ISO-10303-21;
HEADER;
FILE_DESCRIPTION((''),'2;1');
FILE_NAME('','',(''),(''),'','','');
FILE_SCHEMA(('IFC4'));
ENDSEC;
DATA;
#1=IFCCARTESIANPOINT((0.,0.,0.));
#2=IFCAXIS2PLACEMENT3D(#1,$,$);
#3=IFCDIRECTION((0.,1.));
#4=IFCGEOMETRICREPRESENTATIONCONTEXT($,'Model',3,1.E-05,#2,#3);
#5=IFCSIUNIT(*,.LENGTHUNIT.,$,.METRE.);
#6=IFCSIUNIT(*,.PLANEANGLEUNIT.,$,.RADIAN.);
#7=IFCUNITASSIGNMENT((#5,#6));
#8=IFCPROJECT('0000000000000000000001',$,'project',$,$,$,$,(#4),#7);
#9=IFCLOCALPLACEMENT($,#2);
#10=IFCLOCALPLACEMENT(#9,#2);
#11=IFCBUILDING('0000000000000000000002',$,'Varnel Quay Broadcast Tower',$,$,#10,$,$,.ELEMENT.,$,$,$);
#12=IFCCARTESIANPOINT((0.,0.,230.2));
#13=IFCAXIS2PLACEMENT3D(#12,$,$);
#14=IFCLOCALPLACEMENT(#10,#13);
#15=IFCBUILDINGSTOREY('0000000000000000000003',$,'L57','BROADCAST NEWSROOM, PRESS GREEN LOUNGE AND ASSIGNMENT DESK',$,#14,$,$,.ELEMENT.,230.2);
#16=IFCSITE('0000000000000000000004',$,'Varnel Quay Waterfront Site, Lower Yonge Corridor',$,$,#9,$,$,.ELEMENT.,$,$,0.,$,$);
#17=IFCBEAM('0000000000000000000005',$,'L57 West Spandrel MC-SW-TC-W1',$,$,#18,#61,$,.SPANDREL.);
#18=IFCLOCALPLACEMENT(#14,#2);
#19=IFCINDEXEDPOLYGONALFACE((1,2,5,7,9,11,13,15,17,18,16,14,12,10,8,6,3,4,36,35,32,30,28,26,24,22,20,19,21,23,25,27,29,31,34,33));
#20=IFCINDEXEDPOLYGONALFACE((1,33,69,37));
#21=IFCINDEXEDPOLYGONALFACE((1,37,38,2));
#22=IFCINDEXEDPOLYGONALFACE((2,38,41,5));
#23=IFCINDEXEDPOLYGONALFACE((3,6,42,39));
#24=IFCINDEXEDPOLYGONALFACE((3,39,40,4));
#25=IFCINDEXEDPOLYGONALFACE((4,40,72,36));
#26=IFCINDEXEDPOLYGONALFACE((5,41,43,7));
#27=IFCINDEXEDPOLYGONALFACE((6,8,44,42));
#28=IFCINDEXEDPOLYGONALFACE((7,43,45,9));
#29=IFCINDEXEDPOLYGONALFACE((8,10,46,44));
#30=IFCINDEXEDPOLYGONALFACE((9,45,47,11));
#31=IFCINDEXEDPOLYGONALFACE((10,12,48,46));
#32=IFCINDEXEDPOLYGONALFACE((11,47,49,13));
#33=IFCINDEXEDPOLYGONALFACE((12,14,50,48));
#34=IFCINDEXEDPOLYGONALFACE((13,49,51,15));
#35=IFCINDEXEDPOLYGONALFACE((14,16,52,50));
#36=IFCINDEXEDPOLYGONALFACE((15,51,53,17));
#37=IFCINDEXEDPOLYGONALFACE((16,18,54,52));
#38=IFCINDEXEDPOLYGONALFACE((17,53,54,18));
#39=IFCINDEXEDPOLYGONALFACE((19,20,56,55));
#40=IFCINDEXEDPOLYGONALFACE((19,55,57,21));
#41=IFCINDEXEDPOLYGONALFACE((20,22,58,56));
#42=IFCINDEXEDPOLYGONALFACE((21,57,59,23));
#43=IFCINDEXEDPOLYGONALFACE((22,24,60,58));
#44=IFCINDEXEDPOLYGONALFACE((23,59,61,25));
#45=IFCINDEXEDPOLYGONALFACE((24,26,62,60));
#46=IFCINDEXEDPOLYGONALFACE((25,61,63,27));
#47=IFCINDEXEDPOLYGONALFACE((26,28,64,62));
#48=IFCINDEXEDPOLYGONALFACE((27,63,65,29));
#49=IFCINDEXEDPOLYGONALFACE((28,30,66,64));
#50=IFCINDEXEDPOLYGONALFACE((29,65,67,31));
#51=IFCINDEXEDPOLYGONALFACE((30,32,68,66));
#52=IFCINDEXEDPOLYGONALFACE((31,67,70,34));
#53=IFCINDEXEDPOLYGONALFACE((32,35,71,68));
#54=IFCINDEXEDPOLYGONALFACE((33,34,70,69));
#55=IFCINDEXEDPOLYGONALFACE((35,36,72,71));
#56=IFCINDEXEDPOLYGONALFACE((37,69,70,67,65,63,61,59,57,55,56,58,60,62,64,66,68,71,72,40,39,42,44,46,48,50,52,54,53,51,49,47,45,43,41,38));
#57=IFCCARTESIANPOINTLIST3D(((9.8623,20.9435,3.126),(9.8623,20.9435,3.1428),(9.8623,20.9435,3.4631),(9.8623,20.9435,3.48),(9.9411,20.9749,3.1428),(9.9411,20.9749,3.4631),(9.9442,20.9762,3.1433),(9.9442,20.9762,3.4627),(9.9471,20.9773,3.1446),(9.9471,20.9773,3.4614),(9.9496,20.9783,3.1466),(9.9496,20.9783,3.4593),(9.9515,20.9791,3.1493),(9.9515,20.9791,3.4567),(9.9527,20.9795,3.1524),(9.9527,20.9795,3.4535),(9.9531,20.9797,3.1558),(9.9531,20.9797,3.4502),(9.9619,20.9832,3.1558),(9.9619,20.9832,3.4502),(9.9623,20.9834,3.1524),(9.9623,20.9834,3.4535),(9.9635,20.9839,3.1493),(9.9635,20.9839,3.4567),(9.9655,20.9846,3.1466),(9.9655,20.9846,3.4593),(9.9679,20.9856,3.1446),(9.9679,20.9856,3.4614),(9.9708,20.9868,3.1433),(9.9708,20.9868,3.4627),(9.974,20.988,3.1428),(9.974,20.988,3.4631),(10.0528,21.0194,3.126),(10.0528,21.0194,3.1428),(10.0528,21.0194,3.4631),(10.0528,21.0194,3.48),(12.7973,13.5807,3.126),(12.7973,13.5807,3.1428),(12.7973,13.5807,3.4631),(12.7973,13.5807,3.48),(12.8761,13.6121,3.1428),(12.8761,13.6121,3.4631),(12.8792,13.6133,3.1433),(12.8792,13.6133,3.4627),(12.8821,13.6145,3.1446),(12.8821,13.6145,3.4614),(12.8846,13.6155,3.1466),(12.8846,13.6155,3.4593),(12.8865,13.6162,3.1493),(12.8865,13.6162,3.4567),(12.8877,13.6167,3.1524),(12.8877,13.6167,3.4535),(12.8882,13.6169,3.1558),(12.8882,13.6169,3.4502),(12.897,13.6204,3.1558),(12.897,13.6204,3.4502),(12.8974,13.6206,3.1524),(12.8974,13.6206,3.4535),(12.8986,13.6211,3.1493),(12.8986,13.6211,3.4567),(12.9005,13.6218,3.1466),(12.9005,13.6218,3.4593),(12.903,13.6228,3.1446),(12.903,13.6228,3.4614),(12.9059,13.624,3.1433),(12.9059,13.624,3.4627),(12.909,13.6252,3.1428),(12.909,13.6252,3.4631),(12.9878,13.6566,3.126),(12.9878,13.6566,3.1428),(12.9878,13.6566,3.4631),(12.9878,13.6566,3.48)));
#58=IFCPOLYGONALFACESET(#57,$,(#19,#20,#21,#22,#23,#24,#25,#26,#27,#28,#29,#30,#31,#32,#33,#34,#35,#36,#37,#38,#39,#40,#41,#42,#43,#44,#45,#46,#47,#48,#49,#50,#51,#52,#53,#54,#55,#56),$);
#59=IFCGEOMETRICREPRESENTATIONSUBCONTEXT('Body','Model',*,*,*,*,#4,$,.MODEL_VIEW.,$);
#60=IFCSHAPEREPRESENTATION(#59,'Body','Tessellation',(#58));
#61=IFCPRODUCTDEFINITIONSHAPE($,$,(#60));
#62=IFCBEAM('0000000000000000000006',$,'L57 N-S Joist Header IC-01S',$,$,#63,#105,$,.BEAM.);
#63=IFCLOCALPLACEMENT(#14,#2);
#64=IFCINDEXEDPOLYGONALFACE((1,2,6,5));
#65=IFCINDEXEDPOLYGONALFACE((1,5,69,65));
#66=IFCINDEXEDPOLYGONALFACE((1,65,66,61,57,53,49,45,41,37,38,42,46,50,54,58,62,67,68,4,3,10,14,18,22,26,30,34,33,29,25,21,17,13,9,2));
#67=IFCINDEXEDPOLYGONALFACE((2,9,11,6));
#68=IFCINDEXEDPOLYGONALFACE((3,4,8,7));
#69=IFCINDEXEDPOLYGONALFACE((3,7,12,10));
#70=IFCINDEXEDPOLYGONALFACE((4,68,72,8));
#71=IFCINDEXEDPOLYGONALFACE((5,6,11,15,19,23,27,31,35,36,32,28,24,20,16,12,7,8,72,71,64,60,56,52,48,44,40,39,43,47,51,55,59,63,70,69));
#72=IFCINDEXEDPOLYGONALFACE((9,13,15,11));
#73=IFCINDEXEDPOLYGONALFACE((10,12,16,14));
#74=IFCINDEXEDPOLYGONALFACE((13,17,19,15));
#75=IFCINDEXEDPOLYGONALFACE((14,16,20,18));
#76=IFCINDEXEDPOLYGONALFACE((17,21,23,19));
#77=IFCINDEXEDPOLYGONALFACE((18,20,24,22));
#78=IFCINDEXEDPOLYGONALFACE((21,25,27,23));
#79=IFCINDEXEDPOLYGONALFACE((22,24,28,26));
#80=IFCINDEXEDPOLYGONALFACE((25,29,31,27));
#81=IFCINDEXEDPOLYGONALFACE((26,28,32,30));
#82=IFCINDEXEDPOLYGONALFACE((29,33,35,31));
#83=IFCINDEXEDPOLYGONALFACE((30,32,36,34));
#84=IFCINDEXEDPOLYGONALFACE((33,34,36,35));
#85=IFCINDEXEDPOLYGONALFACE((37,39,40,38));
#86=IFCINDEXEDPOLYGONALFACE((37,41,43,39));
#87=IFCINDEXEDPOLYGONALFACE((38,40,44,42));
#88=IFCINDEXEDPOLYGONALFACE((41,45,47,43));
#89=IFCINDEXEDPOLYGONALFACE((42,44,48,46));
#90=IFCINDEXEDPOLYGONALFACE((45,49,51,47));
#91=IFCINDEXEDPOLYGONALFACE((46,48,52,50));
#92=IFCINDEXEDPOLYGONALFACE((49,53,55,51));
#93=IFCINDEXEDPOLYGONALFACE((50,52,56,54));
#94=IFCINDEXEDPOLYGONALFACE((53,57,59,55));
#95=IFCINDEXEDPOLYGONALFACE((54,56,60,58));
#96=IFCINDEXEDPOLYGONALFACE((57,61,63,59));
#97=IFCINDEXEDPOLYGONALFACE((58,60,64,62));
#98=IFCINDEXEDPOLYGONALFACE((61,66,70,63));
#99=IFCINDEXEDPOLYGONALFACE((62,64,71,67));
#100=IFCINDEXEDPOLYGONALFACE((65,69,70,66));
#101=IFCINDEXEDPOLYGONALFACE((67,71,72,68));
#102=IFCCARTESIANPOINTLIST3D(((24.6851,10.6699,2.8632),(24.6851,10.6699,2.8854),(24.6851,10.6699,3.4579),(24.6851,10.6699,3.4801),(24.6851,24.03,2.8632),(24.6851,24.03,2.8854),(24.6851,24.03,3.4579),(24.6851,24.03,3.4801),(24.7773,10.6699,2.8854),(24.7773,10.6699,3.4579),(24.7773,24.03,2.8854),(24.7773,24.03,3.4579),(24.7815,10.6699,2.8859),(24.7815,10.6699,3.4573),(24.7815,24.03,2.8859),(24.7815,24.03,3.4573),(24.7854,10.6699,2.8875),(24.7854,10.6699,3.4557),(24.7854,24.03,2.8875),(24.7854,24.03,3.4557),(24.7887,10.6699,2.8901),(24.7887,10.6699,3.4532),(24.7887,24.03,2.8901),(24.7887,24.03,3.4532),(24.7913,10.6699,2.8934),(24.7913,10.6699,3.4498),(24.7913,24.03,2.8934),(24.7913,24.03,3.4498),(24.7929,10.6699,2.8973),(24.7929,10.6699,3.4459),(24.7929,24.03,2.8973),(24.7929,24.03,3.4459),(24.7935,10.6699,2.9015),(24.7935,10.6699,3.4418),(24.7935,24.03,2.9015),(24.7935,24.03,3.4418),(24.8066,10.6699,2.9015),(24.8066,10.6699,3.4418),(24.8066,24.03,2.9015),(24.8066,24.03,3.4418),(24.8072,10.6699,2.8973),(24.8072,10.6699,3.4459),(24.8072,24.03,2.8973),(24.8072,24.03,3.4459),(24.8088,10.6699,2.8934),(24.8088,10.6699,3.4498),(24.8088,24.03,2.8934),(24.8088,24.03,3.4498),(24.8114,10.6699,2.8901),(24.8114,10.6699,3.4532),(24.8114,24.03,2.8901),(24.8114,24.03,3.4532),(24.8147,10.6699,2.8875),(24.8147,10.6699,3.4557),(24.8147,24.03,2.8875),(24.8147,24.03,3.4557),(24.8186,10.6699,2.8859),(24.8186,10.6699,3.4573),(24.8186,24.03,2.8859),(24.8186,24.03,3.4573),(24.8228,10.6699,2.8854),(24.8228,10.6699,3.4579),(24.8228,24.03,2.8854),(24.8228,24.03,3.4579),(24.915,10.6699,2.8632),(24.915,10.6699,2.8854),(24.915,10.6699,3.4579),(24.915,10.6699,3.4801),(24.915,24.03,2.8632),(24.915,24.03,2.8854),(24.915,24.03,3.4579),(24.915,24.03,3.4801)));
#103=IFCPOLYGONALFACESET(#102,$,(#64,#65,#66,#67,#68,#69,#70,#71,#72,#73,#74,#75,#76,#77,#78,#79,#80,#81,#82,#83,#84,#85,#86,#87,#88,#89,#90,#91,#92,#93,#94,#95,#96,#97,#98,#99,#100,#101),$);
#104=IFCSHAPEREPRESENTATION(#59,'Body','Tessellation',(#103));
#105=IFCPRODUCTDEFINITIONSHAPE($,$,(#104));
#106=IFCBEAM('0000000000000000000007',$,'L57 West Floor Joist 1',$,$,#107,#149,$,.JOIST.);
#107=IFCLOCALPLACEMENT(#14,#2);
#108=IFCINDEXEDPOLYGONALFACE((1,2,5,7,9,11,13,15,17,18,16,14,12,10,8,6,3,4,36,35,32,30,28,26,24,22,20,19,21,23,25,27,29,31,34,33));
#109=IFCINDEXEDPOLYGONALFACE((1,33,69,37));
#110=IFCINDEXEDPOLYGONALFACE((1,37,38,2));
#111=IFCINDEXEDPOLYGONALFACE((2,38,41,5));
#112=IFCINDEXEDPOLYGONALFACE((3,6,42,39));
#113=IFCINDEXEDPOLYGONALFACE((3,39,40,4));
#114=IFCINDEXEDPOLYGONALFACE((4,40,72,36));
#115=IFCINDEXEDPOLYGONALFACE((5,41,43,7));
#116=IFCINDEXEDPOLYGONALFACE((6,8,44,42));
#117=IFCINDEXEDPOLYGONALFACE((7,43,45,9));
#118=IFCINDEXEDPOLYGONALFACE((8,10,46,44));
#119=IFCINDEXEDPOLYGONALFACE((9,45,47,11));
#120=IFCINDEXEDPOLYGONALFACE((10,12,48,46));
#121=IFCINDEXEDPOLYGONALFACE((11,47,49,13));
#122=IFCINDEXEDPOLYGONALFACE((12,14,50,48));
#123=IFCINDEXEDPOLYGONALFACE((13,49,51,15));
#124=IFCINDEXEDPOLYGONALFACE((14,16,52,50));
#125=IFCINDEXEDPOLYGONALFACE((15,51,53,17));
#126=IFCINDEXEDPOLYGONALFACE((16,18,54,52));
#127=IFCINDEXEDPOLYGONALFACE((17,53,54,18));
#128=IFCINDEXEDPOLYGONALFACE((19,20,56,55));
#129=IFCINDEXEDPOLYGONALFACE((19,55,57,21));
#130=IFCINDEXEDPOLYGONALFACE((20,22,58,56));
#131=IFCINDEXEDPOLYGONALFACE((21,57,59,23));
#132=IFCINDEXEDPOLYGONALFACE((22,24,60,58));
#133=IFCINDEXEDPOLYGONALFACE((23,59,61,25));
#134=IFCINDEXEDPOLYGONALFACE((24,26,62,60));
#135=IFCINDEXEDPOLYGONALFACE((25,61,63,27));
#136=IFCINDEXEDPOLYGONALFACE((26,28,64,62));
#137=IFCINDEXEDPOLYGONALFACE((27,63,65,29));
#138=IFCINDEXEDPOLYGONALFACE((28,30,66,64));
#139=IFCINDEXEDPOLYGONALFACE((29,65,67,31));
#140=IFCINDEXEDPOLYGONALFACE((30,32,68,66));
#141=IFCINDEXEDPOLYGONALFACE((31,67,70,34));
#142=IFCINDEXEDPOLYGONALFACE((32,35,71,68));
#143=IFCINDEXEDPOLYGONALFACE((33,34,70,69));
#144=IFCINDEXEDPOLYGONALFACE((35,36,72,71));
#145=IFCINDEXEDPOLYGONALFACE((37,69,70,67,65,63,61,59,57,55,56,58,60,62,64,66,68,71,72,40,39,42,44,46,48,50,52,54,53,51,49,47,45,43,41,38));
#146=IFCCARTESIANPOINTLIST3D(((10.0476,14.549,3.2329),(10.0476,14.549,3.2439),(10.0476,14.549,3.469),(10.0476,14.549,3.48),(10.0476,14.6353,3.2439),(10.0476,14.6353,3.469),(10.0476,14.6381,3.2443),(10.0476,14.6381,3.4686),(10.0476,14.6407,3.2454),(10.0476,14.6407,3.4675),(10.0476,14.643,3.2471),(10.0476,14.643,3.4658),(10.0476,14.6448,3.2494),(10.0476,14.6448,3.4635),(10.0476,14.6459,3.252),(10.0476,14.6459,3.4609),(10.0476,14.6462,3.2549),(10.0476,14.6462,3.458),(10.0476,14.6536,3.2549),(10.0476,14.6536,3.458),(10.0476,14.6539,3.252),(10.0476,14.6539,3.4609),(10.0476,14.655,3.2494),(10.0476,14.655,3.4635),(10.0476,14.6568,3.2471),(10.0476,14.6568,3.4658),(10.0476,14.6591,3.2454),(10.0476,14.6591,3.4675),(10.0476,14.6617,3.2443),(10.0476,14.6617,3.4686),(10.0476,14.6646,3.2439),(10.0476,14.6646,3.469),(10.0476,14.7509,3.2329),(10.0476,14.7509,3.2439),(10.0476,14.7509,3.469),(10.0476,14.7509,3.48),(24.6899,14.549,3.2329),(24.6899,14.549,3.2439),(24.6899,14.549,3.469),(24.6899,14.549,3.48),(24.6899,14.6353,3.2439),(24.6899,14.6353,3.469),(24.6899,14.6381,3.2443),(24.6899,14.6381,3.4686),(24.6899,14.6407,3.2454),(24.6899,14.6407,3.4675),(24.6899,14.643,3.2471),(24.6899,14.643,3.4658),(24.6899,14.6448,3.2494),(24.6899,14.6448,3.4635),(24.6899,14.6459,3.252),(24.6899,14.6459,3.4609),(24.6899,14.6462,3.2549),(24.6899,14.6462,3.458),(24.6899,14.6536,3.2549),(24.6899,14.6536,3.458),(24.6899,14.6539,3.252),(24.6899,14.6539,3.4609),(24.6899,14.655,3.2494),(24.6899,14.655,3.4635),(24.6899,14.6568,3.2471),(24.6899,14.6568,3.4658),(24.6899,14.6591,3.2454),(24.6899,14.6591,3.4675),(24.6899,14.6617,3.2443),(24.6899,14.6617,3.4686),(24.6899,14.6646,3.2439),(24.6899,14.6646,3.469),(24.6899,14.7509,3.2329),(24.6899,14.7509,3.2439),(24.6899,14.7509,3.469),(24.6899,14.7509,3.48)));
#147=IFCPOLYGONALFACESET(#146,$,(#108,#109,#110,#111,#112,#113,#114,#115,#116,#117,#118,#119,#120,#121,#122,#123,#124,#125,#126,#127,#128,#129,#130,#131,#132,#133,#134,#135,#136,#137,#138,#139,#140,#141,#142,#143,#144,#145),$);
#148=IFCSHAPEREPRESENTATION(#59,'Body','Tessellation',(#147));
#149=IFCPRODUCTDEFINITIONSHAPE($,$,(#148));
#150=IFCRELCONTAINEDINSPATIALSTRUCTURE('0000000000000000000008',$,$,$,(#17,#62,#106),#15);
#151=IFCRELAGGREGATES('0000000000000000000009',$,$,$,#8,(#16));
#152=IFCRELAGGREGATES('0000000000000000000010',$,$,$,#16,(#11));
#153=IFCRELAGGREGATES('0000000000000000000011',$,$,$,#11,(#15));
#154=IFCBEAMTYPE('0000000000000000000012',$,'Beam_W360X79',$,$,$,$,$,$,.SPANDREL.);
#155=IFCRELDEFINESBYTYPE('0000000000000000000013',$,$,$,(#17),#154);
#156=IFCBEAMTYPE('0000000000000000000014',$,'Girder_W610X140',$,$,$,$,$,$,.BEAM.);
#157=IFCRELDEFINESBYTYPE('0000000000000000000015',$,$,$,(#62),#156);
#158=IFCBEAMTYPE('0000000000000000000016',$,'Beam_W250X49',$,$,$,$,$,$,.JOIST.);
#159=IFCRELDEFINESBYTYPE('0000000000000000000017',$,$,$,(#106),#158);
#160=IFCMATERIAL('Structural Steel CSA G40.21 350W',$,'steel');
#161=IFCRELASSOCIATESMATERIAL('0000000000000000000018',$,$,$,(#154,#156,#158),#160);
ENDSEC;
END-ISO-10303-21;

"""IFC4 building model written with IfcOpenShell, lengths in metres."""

from ifc_helpers import new_model, si_unit, direction, frame, origin, origin_2d, place, context, subcontext, project, spatial, i_section, extrude, source, transform, mapped, material, material_profile, profile_set, type_object, type_shapes, element, save


model = new_model("IFC4")

# Units and contexts
model_context = context("Model", 3, precision=1e-05, world=origin(), true_north=direction((0.0, 1.0)))
body_context = subcontext(model_context, "Body", "Model", "MODEL_VIEW")
ifc_project = project(units=[si_unit("LENGTHUNIT", "METRE"), si_unit("PLANEANGLEUNIT", "RADIAN")], contexts=[model_context])

# Site, building, storey
site_placement = place(None, origin())
site = spatial("IfcSite", under=ifc_project, at=site_placement, Name="Varnel Quay Waterfront Site, Lower Yonge Corridor", CompositionType="ELEMENT", RefElevation=0.0)
building_placement = place(site_placement, origin())
building = spatial("IfcBuilding", under=site, at=building_placement, Name="Varnel Quay Broadcast Tower", CompositionType="ELEMENT")
storey_placement = place(building_placement, frame((0.0, 0.0, 230.2)))
storey = spatial("IfcBuildingStorey", under=building, at=storey_placement, Name="L57", Description="BROADCAST NEWSROOM, PRESS GREEN LOUNGE AND ASSIGNMENT DESK", CompositionType="ELEMENT", Elevation=230.2)

# Shared definitions
ifc_material_1 = material(Name="Structural Steel CSA G40.21 350W", Category="steel")

# Beams
ifc_material_profile_1 = material_profile(ifc_material_1, i_section(OverallWidth=0.2051, OverallDepth=0.354, WebThickness=0.0095, FlangeThickness=0.0168, FilletRadius=0.0129, at=origin_2d()), Name="W360X79")
ifc_profile_set_1 = profile_set([ifc_material_profile_1], Name="Structural Steel CSA G40.21 350W")
beam_type_1 = type_object("IfcBeamType", Name="Beam_W360X79", PredefinedType="SPANDREL", material=ifc_profile_set_1)
shared_shape_1 = source(origin(), body_context, "Body", "SweptSolid", [
    extrude(i_section(OverallWidth=0.2051, OverallDepth=0.354, WebThickness=0.0095, FlangeThickness=0.0168, FilletRadius=0.0129, at=origin_2d()), origin(), (0.0, 0.0, 1.0), 7.9263),
])
beam_1_placement = place(storey_placement, frame((12.8926, 13.6187, 3.303), z_axis=(-0.370296, 0.928914, 0.0), x_axis=(-0.928914, -0.370296, 0.0)))
element("IfcBeam", 1, at=beam_1_placement, inside=storey, type_object=beam_type_1, Name="L57 West Spandrel MC-SW-TC-W1", PredefinedType="SPANDREL", context=body_context, shape_type="MappedRepresentation", body=[
    mapped(shared_shape_1, transform((0.0, 0.0, 0.0), x_axis=(1.0, 0.0, 0.0), y_axis=(0.0, 1.0, 0.0), z_axis=(0.0, 0.0, 1.0), scale=1.0)),
])
ifc_material_profile_2 = material_profile(ifc_material_1, i_section(OverallWidth=0.23, OverallDepth=0.6169, WebThickness=0.0132, FlangeThickness=0.0222, FilletRadius=0.0161, at=origin_2d()), Name="W610X140")
ifc_profile_set_2 = profile_set([ifc_material_profile_2], Name="Structural Steel CSA G40.21 350W")
beam_type_2 = type_object("IfcBeamType", Name="Girder_W610X140", PredefinedType="BEAM", material=ifc_profile_set_2)
shared_shape_2 = source(origin(), body_context, "Body", "SweptSolid", [
    extrude(i_section(OverallWidth=0.23, OverallDepth=0.6169, WebThickness=0.0132, FlangeThickness=0.0222, FilletRadius=0.0161, at=origin_2d()), origin(), (0.0, 0.0, 1.0), 13.3601),
])
type_shapes(beam_type_2, [shared_shape_2])
beam_2_placement = place(storey_placement, frame((24.8, 10.6699, 3.1716), z_axis=(0.0, 1.0, 0.0), x_axis=(-1.0, 0.0, 0.0)))
element("IfcBeam", 2, at=beam_2_placement, inside=storey, type_object=beam_type_2, Name="L57 N-S Joist Header IC-01S", PredefinedType="BEAM", context=body_context, shape_type="MappedRepresentation", body=[
    mapped(shared_shape_2, transform((0.0, 0.0, 0.0), x_axis=(1.0, 0.0, 0.0), y_axis=(0.0, 1.0, 0.0), z_axis=(0.0, 0.0, 1.0), scale=1.0)),
])
ifc_material_profile_3 = material_profile(ifc_material_1, i_section(OverallWidth=0.2019, OverallDepth=0.2471, WebThickness=0.0073, FlangeThickness=0.011, FilletRadius=0.011, at=origin_2d()), Name="W250X49")
ifc_profile_set_3 = profile_set([ifc_material_profile_3], Name="Structural Steel CSA G40.21 350W")
beam_type_3 = type_object("IfcBeamType", Name="Beam_W250X49", PredefinedType="JOIST", material=ifc_profile_set_3)
shared_shape_3 = source(origin(), body_context, "Body", "SweptSolid", [
    extrude(i_section(OverallWidth=0.2019, OverallDepth=0.2471, WebThickness=0.0073, FlangeThickness=0.011, FilletRadius=0.011, at=origin_2d()), origin(), (0.0, 0.0, 1.0), 14.6423),
])
beam_3_placement = place(storey_placement, frame((10.0476, 14.6499, 3.3564), z_axis=(1.0, 0.0, 0.0), x_axis=(0.0, 1.0, 0.0)))
element("IfcBeam", 3, at=beam_3_placement, inside=storey, type_object=beam_type_3, Name="L57 West Floor Joist 1", PredefinedType="JOIST", context=body_context, shape_type="MappedRepresentation", body=[
    mapped(shared_shape_3, transform((0.0, 0.0, 0.0), x_axis=(1.0, 0.0, 0.0), y_axis=(0.0, 1.0, 0.0), z_axis=(0.0, 0.0, 1.0), scale=1.0)),
])

save(model, "model.ifc")
